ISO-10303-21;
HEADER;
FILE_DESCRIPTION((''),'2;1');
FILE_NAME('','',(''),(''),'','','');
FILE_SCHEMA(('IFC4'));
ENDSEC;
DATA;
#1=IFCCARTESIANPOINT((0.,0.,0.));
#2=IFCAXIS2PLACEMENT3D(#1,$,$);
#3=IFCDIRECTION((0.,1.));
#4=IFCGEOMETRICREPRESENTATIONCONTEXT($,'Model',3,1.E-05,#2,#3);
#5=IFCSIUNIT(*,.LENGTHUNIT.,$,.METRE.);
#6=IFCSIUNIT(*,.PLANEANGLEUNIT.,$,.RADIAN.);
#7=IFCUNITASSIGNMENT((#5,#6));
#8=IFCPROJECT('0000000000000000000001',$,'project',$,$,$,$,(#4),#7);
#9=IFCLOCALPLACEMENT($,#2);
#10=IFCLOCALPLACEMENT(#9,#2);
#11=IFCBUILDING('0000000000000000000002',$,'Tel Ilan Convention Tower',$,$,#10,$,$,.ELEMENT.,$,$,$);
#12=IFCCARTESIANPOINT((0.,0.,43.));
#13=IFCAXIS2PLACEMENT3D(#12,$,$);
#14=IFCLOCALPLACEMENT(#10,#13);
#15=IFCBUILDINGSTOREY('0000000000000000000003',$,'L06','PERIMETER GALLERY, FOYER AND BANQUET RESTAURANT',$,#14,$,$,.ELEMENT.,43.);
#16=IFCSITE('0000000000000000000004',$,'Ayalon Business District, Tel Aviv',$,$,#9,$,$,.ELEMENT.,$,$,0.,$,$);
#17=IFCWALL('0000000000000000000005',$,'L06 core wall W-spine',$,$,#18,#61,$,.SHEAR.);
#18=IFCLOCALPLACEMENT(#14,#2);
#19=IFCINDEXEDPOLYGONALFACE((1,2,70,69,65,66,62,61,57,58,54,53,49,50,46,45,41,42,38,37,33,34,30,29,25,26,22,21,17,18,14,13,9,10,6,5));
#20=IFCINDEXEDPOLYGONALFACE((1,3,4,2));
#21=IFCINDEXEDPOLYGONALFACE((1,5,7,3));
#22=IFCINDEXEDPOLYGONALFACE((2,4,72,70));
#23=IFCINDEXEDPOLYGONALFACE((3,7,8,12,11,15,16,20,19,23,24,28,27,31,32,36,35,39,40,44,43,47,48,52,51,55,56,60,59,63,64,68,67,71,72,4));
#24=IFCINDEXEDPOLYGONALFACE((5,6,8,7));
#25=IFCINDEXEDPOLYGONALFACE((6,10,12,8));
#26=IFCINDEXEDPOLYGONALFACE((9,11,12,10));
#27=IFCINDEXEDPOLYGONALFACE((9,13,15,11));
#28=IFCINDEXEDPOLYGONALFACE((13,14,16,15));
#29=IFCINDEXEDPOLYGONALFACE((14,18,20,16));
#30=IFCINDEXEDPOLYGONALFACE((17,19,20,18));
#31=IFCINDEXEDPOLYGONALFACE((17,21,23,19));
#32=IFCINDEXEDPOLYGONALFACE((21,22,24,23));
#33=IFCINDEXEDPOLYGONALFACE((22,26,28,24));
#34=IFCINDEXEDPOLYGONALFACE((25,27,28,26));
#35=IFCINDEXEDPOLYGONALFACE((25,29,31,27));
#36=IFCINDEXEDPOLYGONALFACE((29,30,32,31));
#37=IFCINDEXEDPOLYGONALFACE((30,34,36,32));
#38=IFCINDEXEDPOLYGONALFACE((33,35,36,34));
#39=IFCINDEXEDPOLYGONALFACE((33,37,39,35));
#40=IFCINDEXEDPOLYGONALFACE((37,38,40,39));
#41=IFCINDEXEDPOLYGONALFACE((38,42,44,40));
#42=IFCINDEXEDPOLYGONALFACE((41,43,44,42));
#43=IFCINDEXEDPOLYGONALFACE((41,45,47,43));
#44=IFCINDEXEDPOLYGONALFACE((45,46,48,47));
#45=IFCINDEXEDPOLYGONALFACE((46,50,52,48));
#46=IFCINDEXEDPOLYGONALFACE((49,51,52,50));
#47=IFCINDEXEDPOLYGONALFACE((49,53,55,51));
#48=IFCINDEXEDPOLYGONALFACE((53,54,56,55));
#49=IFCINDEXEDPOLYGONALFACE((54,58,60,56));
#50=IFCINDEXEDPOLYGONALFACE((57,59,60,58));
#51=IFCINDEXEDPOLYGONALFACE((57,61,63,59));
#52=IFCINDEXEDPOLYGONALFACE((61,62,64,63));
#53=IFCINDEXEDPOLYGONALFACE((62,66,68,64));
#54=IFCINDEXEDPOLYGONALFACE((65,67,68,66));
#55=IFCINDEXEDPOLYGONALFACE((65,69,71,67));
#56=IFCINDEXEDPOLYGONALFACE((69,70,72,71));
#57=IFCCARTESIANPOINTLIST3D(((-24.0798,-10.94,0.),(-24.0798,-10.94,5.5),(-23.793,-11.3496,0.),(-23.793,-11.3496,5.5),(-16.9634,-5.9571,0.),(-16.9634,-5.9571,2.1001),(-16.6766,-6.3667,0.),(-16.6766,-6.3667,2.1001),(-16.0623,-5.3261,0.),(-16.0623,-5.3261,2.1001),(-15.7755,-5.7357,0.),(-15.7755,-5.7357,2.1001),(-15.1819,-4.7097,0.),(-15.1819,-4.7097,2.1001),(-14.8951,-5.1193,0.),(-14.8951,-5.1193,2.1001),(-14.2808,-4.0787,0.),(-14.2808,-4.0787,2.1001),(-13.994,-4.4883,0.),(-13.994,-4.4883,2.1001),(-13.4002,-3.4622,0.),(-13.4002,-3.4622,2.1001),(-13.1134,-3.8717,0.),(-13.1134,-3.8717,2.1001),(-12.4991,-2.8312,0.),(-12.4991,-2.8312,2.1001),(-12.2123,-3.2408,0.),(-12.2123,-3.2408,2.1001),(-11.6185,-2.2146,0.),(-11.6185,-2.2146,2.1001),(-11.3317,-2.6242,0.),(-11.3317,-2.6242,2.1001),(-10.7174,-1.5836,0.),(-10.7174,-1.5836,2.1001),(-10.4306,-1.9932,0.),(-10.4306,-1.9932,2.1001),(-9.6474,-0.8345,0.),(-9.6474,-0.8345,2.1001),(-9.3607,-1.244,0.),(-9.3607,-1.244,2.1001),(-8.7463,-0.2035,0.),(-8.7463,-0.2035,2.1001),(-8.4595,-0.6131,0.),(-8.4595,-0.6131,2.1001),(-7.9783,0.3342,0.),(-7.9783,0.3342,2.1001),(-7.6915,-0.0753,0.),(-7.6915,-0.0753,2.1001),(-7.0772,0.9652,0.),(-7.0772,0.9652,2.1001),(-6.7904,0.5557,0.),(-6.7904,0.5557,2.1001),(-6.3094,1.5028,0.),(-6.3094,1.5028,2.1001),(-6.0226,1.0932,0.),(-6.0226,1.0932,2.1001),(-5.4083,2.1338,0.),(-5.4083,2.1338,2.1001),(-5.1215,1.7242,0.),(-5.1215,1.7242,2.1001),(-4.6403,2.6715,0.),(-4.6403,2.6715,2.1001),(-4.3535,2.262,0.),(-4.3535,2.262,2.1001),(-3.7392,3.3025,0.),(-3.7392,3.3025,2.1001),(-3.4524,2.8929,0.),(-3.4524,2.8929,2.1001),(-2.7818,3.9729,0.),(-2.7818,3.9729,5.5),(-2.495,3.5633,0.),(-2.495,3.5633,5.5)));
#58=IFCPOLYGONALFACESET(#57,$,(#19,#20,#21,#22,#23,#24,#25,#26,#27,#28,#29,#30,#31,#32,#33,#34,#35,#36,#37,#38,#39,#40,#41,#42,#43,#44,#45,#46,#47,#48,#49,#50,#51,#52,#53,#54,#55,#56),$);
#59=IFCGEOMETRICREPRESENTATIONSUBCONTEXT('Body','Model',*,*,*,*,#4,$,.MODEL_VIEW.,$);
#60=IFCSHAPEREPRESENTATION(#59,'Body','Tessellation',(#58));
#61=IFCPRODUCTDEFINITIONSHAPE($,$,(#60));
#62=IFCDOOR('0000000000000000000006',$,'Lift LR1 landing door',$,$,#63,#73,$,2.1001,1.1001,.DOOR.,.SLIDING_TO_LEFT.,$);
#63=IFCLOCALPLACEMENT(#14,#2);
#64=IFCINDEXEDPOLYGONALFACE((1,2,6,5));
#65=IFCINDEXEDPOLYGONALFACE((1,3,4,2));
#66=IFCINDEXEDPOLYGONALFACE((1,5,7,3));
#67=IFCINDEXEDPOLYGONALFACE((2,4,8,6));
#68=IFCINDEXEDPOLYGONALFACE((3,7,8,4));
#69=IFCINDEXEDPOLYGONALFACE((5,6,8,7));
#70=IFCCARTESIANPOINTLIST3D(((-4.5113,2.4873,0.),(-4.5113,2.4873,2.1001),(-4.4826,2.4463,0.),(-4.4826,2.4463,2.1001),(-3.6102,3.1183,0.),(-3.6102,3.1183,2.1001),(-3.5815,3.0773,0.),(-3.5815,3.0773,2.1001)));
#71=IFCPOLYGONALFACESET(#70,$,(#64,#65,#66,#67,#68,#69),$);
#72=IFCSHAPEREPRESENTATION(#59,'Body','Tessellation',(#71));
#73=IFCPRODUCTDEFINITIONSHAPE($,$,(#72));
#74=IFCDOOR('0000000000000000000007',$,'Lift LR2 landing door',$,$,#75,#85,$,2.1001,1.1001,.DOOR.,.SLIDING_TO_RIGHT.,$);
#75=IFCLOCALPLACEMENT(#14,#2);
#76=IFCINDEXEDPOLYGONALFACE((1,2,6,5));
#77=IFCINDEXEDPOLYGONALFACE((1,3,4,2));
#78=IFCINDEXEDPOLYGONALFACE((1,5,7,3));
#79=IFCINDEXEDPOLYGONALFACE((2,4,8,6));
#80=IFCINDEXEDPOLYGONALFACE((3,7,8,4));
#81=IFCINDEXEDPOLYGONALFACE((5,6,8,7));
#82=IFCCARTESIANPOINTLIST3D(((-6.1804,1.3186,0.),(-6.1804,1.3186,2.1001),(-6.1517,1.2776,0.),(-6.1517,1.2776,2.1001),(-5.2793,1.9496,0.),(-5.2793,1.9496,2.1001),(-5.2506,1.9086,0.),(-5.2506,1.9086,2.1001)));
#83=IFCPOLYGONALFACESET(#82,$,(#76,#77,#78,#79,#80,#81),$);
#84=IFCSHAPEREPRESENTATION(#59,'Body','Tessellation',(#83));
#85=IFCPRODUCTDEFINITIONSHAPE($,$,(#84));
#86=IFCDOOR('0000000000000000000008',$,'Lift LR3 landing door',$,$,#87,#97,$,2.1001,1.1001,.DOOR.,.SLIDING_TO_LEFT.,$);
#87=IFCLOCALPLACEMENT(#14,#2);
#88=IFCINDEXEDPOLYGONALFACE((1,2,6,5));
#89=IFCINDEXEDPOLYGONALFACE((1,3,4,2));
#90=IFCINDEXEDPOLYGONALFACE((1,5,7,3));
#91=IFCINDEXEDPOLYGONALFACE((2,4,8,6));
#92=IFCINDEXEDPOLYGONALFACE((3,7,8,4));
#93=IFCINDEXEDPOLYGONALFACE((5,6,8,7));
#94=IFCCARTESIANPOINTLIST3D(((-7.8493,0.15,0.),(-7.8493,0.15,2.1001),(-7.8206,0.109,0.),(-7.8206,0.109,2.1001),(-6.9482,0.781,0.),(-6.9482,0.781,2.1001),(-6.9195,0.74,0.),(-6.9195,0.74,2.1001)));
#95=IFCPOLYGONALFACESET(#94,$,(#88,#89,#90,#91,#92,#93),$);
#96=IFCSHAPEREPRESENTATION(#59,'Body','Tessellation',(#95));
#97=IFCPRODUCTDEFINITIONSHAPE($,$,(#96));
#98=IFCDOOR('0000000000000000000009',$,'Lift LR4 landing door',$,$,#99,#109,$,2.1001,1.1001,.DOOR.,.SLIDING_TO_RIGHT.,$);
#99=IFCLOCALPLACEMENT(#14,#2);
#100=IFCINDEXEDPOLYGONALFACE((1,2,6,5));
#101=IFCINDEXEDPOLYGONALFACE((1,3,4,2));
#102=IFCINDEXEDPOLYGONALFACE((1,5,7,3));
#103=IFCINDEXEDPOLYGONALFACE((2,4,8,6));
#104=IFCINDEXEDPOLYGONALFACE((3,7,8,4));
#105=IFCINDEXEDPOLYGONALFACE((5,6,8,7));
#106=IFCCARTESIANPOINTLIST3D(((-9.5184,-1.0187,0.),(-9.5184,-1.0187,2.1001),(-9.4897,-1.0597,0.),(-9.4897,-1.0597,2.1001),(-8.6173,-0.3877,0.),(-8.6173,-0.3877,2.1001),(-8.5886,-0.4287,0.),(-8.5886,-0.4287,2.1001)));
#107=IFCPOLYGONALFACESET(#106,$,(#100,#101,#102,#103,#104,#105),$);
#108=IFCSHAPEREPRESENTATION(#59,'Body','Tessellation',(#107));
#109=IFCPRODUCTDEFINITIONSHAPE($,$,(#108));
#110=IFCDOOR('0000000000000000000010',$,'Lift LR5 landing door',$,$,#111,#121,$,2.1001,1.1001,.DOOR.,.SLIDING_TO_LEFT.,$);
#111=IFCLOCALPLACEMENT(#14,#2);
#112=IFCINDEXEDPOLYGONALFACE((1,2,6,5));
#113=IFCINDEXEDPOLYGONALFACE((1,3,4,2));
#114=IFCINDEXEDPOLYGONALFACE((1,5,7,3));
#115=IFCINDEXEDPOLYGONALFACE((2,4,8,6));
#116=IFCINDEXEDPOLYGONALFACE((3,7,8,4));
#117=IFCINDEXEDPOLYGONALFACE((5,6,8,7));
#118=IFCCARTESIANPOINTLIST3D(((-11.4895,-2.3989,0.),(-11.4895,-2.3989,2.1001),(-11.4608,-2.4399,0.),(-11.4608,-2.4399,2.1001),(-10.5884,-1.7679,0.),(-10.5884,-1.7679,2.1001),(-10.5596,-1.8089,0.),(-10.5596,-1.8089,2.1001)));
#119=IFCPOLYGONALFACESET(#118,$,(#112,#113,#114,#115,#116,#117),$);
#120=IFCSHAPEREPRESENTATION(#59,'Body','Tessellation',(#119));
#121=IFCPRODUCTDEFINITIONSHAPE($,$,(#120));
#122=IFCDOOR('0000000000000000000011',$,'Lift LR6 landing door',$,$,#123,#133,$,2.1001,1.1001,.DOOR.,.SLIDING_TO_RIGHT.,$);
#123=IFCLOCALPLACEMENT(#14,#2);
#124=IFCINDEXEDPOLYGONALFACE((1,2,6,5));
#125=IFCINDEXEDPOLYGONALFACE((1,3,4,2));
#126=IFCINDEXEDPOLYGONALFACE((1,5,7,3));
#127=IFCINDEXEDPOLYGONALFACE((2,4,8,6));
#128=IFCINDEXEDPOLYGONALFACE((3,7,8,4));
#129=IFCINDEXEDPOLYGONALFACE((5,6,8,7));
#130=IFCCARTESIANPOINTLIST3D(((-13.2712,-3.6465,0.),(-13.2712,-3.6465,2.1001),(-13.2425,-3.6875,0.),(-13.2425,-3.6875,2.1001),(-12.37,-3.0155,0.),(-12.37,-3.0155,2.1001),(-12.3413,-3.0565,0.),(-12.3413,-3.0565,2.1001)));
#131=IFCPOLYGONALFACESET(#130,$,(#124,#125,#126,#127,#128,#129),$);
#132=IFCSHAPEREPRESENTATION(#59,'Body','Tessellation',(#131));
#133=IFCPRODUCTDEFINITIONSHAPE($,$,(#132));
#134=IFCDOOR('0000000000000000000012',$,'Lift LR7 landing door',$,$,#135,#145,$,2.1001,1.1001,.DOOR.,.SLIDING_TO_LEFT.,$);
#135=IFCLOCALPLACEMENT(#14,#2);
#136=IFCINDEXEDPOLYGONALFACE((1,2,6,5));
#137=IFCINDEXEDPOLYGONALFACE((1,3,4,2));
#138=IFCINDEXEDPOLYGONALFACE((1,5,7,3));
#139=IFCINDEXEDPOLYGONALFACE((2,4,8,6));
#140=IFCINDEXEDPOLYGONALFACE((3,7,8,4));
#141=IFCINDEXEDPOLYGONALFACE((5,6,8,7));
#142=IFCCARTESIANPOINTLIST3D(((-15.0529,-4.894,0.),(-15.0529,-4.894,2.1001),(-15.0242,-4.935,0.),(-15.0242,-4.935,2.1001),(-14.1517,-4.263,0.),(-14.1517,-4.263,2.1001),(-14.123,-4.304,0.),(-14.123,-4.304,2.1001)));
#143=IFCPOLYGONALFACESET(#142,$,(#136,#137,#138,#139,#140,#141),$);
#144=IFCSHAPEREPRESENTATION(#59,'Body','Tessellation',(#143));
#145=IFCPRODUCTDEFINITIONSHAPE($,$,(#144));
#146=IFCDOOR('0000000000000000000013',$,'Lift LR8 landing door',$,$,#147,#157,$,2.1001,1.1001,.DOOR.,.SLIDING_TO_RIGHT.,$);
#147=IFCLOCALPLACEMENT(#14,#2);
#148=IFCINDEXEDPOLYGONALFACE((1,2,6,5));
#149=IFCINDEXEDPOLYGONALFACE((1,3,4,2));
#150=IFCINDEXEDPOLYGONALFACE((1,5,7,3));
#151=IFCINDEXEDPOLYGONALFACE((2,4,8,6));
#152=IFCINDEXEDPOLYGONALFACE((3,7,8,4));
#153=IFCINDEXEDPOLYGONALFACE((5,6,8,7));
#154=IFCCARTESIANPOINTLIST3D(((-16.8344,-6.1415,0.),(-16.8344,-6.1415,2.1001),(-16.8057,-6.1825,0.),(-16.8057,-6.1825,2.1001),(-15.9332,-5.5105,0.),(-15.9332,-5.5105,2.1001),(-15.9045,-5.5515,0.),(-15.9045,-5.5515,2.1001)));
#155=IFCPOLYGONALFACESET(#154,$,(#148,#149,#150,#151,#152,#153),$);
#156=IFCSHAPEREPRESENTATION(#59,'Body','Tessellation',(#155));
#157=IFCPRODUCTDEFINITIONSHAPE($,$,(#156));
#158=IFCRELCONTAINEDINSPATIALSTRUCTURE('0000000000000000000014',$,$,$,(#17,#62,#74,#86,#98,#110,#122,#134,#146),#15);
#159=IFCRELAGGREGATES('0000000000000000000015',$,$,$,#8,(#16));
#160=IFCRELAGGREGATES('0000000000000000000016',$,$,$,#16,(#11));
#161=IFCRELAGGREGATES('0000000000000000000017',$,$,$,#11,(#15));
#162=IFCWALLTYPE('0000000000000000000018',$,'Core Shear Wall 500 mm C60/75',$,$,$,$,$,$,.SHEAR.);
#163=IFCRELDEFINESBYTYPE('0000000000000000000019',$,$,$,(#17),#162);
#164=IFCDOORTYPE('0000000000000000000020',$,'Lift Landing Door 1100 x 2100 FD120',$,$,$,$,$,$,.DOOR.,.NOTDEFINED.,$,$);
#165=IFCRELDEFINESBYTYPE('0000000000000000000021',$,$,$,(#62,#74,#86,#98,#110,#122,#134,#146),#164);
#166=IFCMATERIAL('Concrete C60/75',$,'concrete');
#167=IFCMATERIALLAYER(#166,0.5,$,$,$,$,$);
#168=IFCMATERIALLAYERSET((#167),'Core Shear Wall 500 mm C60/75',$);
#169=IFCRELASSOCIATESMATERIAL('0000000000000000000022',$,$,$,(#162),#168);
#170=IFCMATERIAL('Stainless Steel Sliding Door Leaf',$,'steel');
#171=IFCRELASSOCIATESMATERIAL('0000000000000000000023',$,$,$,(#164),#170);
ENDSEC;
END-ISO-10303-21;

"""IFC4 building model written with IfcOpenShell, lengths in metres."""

from ifc_helpers import new_model, si_unit, direction, frame, frame_2d, origin, place, context, subcontext, project, spatial, polyline, rectangle, outline, extrude, material, layer, layer_set, type_object, element, fill, save


model = new_model("IFC4")

# Units and contexts
model_context = context("Model", 3, precision=1e-05, world=origin(), true_north=direction((0.0, 1.0)))
body_context = subcontext(model_context, "Body", "Model", "MODEL_VIEW")
ifc_project = project(units=[si_unit("LENGTHUNIT", "METRE"), si_unit("PLANEANGLEUNIT", "RADIAN")], contexts=[model_context])

# Site, building, storey
site_placement = place(None, origin())
site = spatial("IfcSite", under=ifc_project, at=site_placement, Name="Ayalon Business District, Tel Aviv", CompositionType="ELEMENT", RefElevation=0.0)
building_placement = place(site_placement, origin())
building = spatial("IfcBuilding", under=site, at=building_placement, Name="Tel Ilan Convention Tower", CompositionType="ELEMENT")
storey_placement = place(building_placement, frame((0.0, 0.0, 43.0)))
storey = spatial("IfcBuildingStorey", under=building, at=storey_placement, Name="L06", Description="PERIMETER GALLERY, FOYER AND BANQUET RESTAURANT", CompositionType="ELEMENT", Elevation=43.0)

# Wall, openings, doors
ifc_material_1 = material(Name="Concrete C60/75", Category="concrete")
ifc_layer_1 = layer(ifc_material_1, 0.5)
ifc_layer_set_1 = layer_set([ifc_layer_1], Name="Core Shear Wall 500 mm C60/75")
wall_type_1 = type_object("IfcWallType", Name="Core Shear Wall 500 mm C60/75", PredefinedType="SHEAR", material=ifc_layer_set_1)
wall_1_placement = place(storey_placement, frame((-2.6384, 3.7681, 0.0), z_axis=(0.0, 0.0, 1.0), x_axis=(-0.819149, -0.573581, 0.0)))
wall_1 = element("IfcWall", 1, at=wall_1_placement, inside=storey, type_object=wall_type_1, Name="L06 core wall W-spine", PredefinedType="SHEAR", context=body_context, shape_type="SweptSolid", body=[
    extrude(outline(polyline([(26.0, 0.2498), (0.0, 0.25), (0.0, -0.25), (26.0, -0.2502), (26.0, 0.2498)])), origin(), (0.0, 0.0, 1.0), 5.5),
])
opening_1_placement = place(wall_1_placement, frame((1.1687, 0.0, 0.0)))
opening_1 = element("IfcOpeningElement", 2, at=opening_1_placement, cuts=wall_1, PredefinedType="OPENING", context=body_context, shape_type="SweptSolid", body=[
    extrude(rectangle(XDim=1.1001, YDim=2.1001, at=frame_2d((0.55, 1.05))), frame((0.0, 0.26, 0.0), z_axis=(0.0, -1.0, 0.0), x_axis=(1.0, 0.0, 0.0)), (0.0, 0.0, 1.0), 0.52),
])
opening_2_placement = place(wall_1_placement, frame((3.2063, 0.0, 0.0)))
opening_2 = element("IfcOpeningElement", 3, at=opening_2_placement, cuts=wall_1, PredefinedType="OPENING", context=body_context, shape_type="SweptSolid", body=[
    extrude(rectangle(XDim=1.1001, YDim=2.1001, at=frame_2d((0.55, 1.05))), frame((0.0, 0.26, 0.0), z_axis=(0.0, -1.0, 0.0), x_axis=(1.0, 0.0, 0.0)), (0.0, 0.0, 1.0), 0.52),
])
opening_3_placement = place(wall_1_placement, frame((5.2437, 0.0, 0.0)))
opening_3 = element("IfcOpeningElement", 4, at=opening_3_placement, cuts=wall_1, PredefinedType="OPENING", context=body_context, shape_type="SweptSolid", body=[
    extrude(rectangle(XDim=1.1001, YDim=2.1001, at=frame_2d((0.55, 1.05))), frame((0.0, 0.26, 0.0), z_axis=(0.0, -1.0, 0.0), x_axis=(1.0, 0.0, 0.0)), (0.0, 0.0, 1.0), 0.52),
])
opening_4_placement = place(wall_1_placement, frame((7.2812, 0.0, 0.0)))
opening_4 = element("IfcOpeningElement", 5, at=opening_4_placement, cuts=wall_1, PredefinedType="OPENING", context=body_context, shape_type="SweptSolid", body=[
    extrude(rectangle(XDim=1.1001, YDim=2.1001, at=frame_2d((0.55, 1.05))), frame((0.0, 0.26, 0.0), z_axis=(0.0, -1.0, 0.0), x_axis=(1.0, 0.0, 0.0)), (0.0, 0.0, 1.0), 0.52),
])
opening_5_placement = place(wall_1_placement, frame((9.6875, 0.0, 0.0)))
opening_5 = element("IfcOpeningElement", 6, at=opening_5_placement, cuts=wall_1, PredefinedType="OPENING", context=body_context, shape_type="SweptSolid", body=[
    extrude(rectangle(XDim=1.1001, YDim=2.1001, at=frame_2d((0.55, 1.05))), frame((0.0, 0.26, 0.0), z_axis=(0.0, -1.0, 0.0), x_axis=(1.0, 0.0, 0.0)), (0.0, 0.0, 1.0), 0.52),
])
opening_6_placement = place(wall_1_placement, frame((11.8625, 0.0, 0.0)))
opening_6 = element("IfcOpeningElement", 7, at=opening_6_placement, cuts=wall_1, PredefinedType="OPENING", context=body_context, shape_type="SweptSolid", body=[
    extrude(rectangle(XDim=1.1001, YDim=2.1001, at=frame_2d((0.55, 1.05))), frame((0.0, 0.26, 0.0), z_axis=(0.0, -1.0, 0.0), x_axis=(1.0, 0.0, 0.0)), (0.0, 0.0, 1.0), 0.52),
])
opening_7_placement = place(wall_1_placement, frame((14.0376, 0.0, 0.0)))
opening_7 = element("IfcOpeningElement", 8, at=opening_7_placement, cuts=wall_1, PredefinedType="OPENING", context=body_context, shape_type="SweptSolid", body=[
    extrude(rectangle(XDim=1.1001, YDim=2.1001, at=frame_2d((0.55, 1.05))), frame((0.0, 0.26, 0.0), z_axis=(0.0, -1.0, 0.0), x_axis=(1.0, 0.0, 0.0)), (0.0, 0.0, 1.0), 0.52),
])
opening_8_placement = place(wall_1_placement, frame((16.2124, 0.0, 0.0)))
opening_8 = element("IfcOpeningElement", 9, at=opening_8_placement, cuts=wall_1, PredefinedType="OPENING", context=body_context, shape_type="SweptSolid", body=[
    extrude(rectangle(XDim=1.1001, YDim=2.1001, at=frame_2d((0.55, 1.05))), frame((0.0, 0.26, 0.0), z_axis=(0.0, -1.0, 0.0), x_axis=(1.0, 0.0, 0.0)), (0.0, 0.0, 1.0), 0.52),
])
ifc_material_2 = material(Name="Stainless Steel Sliding Door Leaf", Category="steel")
door_type = type_object("IfcDoorType", Name="Lift Landing Door 1100 x 2100 FD120", OperationType="NOTDEFINED", PredefinedType="DOOR", material=ifc_material_2)
door_1_placement = place(opening_1_placement, origin())
door_1 = element("IfcDoor", 10, at=door_1_placement, inside=storey, type_object=door_type, Name="Lift LR1 landing door", OperationType="SLIDING_TO_LEFT", OverallHeight=2.1001, OverallWidth=1.1001, PredefinedType="DOOR", context=body_context, shape_type="SweptSolid", body=[
    extrude(rectangle(XDim=1.1001, YDim=2.1001, at=frame_2d((0.55, 1.05))), frame((0.0, 0.0249, 0.0), z_axis=(0.0, -1.0, 0.0), x_axis=(1.0, 0.0, 0.0)), (0.0, 0.0, 1.0), 0.05),
])
fill(opening_1, door_1)
door_2_placement = place(opening_2_placement, origin())
door_2 = element("IfcDoor", 11, at=door_2_placement, inside=storey, type_object=door_type, Name="Lift LR2 landing door", OperationType="SLIDING_TO_RIGHT", OverallHeight=2.1001, OverallWidth=1.1001, PredefinedType="DOOR", context=body_context, shape_type="SweptSolid", body=[
    extrude(rectangle(XDim=1.1001, YDim=2.1001, at=frame_2d((0.55, 1.05))), frame((0.0, 0.0249, 0.0), z_axis=(0.0, -1.0, 0.0), x_axis=(1.0, 0.0, 0.0)), (0.0, 0.0, 1.0), 0.05),
])
fill(opening_2, door_2)
door_3_placement = place(opening_3_placement, origin())
door_3 = element("IfcDoor", 12, at=door_3_placement, inside=storey, type_object=door_type, Name="Lift LR3 landing door", OperationType="SLIDING_TO_LEFT", OverallHeight=2.1001, OverallWidth=1.1001, PredefinedType="DOOR", context=body_context, shape_type="SweptSolid", body=[
    extrude(rectangle(XDim=1.1001, YDim=2.1001, at=frame_2d((0.55, 1.05))), frame((0.0, 0.0249, 0.0), z_axis=(0.0, -1.0, 0.0), x_axis=(1.0, 0.0, 0.0)), (0.0, 0.0, 1.0), 0.05),
])
fill(opening_3, door_3)
door_4_placement = place(opening_4_placement, origin())
door_4 = element("IfcDoor", 13, at=door_4_placement, inside=storey, type_object=door_type, Name="Lift LR4 landing door", OperationType="SLIDING_TO_RIGHT", OverallHeight=2.1001, OverallWidth=1.1001, PredefinedType="DOOR", context=body_context, shape_type="SweptSolid", body=[
    extrude(rectangle(XDim=1.1001, YDim=2.1001, at=frame_2d((0.55, 1.05))), frame((0.0, 0.0249, 0.0), z_axis=(0.0, -1.0, 0.0), x_axis=(1.0, 0.0, 0.0)), (0.0, 0.0, 1.0), 0.05),
])
fill(opening_4, door_4)
door_5_placement = place(opening_5_placement, origin())
door_5 = element("IfcDoor", 14, at=door_5_placement, inside=storey, type_object=door_type, Name="Lift LR5 landing door", OperationType="SLIDING_TO_LEFT", OverallHeight=2.1001, OverallWidth=1.1001, PredefinedType="DOOR", context=body_context, shape_type="SweptSolid", body=[
    extrude(rectangle(XDim=1.1001, YDim=2.1001, at=frame_2d((0.55, 1.05))), frame((0.0, 0.0249, 0.0), z_axis=(0.0, -1.0, 0.0), x_axis=(1.0, 0.0, 0.0)), (0.0, 0.0, 1.0), 0.05),
])
fill(opening_5, door_5)
door_6_placement = place(opening_6_placement, origin())
door_6 = element("IfcDoor", 15, at=door_6_placement, inside=storey, type_object=door_type, Name="Lift LR6 landing door", OperationType="SLIDING_TO_RIGHT", OverallHeight=2.1001, OverallWidth=1.1001, PredefinedType="DOOR", context=body_context, shape_type="SweptSolid", body=[
    extrude(rectangle(XDim=1.1001, YDim=2.1001, at=frame_2d((0.55, 1.05))), frame((0.0, 0.0249, 0.0), z_axis=(0.0, -1.0, 0.0), x_axis=(1.0, 0.0, 0.0)), (0.0, 0.0, 1.0), 0.05),
])
fill(opening_6, door_6)
door_7_placement = place(opening_7_placement, origin())
door_7 = element("IfcDoor", 16, at=door_7_placement, inside=storey, type_object=door_type, Name="Lift LR7 landing door", OperationType="SLIDING_TO_LEFT", OverallHeight=2.1001, OverallWidth=1.1001, PredefinedType="DOOR", context=body_context, shape_type="SweptSolid", body=[
    extrude(rectangle(XDim=1.1001, YDim=2.1001, at=frame_2d((0.55, 1.05))), frame((0.0, 0.0249, 0.0), z_axis=(0.0, -1.0, 0.0), x_axis=(1.0, 0.0, 0.0)), (0.0, 0.0, 1.0), 0.05),
])
fill(opening_7, door_7)
door_8_placement = place(opening_8_placement, origin())
door_8 = element("IfcDoor", 17, at=door_8_placement, inside=storey, type_object=door_type, Name="Lift LR8 landing door", OperationType="SLIDING_TO_RIGHT", OverallHeight=2.1001, OverallWidth=1.1001, PredefinedType="DOOR", context=body_context, shape_type="SweptSolid", body=[
    extrude(rectangle(XDim=1.1001, YDim=2.1001, at=frame_2d((0.55, 1.05))), frame((0.0, 0.0249, 0.0), z_axis=(0.0, -1.0, 0.0), x_axis=(1.0, 0.0, 0.0)), (0.0, 0.0, 1.0), 0.05),
])
fill(opening_8, door_8)

save(model, "model.ifc")
